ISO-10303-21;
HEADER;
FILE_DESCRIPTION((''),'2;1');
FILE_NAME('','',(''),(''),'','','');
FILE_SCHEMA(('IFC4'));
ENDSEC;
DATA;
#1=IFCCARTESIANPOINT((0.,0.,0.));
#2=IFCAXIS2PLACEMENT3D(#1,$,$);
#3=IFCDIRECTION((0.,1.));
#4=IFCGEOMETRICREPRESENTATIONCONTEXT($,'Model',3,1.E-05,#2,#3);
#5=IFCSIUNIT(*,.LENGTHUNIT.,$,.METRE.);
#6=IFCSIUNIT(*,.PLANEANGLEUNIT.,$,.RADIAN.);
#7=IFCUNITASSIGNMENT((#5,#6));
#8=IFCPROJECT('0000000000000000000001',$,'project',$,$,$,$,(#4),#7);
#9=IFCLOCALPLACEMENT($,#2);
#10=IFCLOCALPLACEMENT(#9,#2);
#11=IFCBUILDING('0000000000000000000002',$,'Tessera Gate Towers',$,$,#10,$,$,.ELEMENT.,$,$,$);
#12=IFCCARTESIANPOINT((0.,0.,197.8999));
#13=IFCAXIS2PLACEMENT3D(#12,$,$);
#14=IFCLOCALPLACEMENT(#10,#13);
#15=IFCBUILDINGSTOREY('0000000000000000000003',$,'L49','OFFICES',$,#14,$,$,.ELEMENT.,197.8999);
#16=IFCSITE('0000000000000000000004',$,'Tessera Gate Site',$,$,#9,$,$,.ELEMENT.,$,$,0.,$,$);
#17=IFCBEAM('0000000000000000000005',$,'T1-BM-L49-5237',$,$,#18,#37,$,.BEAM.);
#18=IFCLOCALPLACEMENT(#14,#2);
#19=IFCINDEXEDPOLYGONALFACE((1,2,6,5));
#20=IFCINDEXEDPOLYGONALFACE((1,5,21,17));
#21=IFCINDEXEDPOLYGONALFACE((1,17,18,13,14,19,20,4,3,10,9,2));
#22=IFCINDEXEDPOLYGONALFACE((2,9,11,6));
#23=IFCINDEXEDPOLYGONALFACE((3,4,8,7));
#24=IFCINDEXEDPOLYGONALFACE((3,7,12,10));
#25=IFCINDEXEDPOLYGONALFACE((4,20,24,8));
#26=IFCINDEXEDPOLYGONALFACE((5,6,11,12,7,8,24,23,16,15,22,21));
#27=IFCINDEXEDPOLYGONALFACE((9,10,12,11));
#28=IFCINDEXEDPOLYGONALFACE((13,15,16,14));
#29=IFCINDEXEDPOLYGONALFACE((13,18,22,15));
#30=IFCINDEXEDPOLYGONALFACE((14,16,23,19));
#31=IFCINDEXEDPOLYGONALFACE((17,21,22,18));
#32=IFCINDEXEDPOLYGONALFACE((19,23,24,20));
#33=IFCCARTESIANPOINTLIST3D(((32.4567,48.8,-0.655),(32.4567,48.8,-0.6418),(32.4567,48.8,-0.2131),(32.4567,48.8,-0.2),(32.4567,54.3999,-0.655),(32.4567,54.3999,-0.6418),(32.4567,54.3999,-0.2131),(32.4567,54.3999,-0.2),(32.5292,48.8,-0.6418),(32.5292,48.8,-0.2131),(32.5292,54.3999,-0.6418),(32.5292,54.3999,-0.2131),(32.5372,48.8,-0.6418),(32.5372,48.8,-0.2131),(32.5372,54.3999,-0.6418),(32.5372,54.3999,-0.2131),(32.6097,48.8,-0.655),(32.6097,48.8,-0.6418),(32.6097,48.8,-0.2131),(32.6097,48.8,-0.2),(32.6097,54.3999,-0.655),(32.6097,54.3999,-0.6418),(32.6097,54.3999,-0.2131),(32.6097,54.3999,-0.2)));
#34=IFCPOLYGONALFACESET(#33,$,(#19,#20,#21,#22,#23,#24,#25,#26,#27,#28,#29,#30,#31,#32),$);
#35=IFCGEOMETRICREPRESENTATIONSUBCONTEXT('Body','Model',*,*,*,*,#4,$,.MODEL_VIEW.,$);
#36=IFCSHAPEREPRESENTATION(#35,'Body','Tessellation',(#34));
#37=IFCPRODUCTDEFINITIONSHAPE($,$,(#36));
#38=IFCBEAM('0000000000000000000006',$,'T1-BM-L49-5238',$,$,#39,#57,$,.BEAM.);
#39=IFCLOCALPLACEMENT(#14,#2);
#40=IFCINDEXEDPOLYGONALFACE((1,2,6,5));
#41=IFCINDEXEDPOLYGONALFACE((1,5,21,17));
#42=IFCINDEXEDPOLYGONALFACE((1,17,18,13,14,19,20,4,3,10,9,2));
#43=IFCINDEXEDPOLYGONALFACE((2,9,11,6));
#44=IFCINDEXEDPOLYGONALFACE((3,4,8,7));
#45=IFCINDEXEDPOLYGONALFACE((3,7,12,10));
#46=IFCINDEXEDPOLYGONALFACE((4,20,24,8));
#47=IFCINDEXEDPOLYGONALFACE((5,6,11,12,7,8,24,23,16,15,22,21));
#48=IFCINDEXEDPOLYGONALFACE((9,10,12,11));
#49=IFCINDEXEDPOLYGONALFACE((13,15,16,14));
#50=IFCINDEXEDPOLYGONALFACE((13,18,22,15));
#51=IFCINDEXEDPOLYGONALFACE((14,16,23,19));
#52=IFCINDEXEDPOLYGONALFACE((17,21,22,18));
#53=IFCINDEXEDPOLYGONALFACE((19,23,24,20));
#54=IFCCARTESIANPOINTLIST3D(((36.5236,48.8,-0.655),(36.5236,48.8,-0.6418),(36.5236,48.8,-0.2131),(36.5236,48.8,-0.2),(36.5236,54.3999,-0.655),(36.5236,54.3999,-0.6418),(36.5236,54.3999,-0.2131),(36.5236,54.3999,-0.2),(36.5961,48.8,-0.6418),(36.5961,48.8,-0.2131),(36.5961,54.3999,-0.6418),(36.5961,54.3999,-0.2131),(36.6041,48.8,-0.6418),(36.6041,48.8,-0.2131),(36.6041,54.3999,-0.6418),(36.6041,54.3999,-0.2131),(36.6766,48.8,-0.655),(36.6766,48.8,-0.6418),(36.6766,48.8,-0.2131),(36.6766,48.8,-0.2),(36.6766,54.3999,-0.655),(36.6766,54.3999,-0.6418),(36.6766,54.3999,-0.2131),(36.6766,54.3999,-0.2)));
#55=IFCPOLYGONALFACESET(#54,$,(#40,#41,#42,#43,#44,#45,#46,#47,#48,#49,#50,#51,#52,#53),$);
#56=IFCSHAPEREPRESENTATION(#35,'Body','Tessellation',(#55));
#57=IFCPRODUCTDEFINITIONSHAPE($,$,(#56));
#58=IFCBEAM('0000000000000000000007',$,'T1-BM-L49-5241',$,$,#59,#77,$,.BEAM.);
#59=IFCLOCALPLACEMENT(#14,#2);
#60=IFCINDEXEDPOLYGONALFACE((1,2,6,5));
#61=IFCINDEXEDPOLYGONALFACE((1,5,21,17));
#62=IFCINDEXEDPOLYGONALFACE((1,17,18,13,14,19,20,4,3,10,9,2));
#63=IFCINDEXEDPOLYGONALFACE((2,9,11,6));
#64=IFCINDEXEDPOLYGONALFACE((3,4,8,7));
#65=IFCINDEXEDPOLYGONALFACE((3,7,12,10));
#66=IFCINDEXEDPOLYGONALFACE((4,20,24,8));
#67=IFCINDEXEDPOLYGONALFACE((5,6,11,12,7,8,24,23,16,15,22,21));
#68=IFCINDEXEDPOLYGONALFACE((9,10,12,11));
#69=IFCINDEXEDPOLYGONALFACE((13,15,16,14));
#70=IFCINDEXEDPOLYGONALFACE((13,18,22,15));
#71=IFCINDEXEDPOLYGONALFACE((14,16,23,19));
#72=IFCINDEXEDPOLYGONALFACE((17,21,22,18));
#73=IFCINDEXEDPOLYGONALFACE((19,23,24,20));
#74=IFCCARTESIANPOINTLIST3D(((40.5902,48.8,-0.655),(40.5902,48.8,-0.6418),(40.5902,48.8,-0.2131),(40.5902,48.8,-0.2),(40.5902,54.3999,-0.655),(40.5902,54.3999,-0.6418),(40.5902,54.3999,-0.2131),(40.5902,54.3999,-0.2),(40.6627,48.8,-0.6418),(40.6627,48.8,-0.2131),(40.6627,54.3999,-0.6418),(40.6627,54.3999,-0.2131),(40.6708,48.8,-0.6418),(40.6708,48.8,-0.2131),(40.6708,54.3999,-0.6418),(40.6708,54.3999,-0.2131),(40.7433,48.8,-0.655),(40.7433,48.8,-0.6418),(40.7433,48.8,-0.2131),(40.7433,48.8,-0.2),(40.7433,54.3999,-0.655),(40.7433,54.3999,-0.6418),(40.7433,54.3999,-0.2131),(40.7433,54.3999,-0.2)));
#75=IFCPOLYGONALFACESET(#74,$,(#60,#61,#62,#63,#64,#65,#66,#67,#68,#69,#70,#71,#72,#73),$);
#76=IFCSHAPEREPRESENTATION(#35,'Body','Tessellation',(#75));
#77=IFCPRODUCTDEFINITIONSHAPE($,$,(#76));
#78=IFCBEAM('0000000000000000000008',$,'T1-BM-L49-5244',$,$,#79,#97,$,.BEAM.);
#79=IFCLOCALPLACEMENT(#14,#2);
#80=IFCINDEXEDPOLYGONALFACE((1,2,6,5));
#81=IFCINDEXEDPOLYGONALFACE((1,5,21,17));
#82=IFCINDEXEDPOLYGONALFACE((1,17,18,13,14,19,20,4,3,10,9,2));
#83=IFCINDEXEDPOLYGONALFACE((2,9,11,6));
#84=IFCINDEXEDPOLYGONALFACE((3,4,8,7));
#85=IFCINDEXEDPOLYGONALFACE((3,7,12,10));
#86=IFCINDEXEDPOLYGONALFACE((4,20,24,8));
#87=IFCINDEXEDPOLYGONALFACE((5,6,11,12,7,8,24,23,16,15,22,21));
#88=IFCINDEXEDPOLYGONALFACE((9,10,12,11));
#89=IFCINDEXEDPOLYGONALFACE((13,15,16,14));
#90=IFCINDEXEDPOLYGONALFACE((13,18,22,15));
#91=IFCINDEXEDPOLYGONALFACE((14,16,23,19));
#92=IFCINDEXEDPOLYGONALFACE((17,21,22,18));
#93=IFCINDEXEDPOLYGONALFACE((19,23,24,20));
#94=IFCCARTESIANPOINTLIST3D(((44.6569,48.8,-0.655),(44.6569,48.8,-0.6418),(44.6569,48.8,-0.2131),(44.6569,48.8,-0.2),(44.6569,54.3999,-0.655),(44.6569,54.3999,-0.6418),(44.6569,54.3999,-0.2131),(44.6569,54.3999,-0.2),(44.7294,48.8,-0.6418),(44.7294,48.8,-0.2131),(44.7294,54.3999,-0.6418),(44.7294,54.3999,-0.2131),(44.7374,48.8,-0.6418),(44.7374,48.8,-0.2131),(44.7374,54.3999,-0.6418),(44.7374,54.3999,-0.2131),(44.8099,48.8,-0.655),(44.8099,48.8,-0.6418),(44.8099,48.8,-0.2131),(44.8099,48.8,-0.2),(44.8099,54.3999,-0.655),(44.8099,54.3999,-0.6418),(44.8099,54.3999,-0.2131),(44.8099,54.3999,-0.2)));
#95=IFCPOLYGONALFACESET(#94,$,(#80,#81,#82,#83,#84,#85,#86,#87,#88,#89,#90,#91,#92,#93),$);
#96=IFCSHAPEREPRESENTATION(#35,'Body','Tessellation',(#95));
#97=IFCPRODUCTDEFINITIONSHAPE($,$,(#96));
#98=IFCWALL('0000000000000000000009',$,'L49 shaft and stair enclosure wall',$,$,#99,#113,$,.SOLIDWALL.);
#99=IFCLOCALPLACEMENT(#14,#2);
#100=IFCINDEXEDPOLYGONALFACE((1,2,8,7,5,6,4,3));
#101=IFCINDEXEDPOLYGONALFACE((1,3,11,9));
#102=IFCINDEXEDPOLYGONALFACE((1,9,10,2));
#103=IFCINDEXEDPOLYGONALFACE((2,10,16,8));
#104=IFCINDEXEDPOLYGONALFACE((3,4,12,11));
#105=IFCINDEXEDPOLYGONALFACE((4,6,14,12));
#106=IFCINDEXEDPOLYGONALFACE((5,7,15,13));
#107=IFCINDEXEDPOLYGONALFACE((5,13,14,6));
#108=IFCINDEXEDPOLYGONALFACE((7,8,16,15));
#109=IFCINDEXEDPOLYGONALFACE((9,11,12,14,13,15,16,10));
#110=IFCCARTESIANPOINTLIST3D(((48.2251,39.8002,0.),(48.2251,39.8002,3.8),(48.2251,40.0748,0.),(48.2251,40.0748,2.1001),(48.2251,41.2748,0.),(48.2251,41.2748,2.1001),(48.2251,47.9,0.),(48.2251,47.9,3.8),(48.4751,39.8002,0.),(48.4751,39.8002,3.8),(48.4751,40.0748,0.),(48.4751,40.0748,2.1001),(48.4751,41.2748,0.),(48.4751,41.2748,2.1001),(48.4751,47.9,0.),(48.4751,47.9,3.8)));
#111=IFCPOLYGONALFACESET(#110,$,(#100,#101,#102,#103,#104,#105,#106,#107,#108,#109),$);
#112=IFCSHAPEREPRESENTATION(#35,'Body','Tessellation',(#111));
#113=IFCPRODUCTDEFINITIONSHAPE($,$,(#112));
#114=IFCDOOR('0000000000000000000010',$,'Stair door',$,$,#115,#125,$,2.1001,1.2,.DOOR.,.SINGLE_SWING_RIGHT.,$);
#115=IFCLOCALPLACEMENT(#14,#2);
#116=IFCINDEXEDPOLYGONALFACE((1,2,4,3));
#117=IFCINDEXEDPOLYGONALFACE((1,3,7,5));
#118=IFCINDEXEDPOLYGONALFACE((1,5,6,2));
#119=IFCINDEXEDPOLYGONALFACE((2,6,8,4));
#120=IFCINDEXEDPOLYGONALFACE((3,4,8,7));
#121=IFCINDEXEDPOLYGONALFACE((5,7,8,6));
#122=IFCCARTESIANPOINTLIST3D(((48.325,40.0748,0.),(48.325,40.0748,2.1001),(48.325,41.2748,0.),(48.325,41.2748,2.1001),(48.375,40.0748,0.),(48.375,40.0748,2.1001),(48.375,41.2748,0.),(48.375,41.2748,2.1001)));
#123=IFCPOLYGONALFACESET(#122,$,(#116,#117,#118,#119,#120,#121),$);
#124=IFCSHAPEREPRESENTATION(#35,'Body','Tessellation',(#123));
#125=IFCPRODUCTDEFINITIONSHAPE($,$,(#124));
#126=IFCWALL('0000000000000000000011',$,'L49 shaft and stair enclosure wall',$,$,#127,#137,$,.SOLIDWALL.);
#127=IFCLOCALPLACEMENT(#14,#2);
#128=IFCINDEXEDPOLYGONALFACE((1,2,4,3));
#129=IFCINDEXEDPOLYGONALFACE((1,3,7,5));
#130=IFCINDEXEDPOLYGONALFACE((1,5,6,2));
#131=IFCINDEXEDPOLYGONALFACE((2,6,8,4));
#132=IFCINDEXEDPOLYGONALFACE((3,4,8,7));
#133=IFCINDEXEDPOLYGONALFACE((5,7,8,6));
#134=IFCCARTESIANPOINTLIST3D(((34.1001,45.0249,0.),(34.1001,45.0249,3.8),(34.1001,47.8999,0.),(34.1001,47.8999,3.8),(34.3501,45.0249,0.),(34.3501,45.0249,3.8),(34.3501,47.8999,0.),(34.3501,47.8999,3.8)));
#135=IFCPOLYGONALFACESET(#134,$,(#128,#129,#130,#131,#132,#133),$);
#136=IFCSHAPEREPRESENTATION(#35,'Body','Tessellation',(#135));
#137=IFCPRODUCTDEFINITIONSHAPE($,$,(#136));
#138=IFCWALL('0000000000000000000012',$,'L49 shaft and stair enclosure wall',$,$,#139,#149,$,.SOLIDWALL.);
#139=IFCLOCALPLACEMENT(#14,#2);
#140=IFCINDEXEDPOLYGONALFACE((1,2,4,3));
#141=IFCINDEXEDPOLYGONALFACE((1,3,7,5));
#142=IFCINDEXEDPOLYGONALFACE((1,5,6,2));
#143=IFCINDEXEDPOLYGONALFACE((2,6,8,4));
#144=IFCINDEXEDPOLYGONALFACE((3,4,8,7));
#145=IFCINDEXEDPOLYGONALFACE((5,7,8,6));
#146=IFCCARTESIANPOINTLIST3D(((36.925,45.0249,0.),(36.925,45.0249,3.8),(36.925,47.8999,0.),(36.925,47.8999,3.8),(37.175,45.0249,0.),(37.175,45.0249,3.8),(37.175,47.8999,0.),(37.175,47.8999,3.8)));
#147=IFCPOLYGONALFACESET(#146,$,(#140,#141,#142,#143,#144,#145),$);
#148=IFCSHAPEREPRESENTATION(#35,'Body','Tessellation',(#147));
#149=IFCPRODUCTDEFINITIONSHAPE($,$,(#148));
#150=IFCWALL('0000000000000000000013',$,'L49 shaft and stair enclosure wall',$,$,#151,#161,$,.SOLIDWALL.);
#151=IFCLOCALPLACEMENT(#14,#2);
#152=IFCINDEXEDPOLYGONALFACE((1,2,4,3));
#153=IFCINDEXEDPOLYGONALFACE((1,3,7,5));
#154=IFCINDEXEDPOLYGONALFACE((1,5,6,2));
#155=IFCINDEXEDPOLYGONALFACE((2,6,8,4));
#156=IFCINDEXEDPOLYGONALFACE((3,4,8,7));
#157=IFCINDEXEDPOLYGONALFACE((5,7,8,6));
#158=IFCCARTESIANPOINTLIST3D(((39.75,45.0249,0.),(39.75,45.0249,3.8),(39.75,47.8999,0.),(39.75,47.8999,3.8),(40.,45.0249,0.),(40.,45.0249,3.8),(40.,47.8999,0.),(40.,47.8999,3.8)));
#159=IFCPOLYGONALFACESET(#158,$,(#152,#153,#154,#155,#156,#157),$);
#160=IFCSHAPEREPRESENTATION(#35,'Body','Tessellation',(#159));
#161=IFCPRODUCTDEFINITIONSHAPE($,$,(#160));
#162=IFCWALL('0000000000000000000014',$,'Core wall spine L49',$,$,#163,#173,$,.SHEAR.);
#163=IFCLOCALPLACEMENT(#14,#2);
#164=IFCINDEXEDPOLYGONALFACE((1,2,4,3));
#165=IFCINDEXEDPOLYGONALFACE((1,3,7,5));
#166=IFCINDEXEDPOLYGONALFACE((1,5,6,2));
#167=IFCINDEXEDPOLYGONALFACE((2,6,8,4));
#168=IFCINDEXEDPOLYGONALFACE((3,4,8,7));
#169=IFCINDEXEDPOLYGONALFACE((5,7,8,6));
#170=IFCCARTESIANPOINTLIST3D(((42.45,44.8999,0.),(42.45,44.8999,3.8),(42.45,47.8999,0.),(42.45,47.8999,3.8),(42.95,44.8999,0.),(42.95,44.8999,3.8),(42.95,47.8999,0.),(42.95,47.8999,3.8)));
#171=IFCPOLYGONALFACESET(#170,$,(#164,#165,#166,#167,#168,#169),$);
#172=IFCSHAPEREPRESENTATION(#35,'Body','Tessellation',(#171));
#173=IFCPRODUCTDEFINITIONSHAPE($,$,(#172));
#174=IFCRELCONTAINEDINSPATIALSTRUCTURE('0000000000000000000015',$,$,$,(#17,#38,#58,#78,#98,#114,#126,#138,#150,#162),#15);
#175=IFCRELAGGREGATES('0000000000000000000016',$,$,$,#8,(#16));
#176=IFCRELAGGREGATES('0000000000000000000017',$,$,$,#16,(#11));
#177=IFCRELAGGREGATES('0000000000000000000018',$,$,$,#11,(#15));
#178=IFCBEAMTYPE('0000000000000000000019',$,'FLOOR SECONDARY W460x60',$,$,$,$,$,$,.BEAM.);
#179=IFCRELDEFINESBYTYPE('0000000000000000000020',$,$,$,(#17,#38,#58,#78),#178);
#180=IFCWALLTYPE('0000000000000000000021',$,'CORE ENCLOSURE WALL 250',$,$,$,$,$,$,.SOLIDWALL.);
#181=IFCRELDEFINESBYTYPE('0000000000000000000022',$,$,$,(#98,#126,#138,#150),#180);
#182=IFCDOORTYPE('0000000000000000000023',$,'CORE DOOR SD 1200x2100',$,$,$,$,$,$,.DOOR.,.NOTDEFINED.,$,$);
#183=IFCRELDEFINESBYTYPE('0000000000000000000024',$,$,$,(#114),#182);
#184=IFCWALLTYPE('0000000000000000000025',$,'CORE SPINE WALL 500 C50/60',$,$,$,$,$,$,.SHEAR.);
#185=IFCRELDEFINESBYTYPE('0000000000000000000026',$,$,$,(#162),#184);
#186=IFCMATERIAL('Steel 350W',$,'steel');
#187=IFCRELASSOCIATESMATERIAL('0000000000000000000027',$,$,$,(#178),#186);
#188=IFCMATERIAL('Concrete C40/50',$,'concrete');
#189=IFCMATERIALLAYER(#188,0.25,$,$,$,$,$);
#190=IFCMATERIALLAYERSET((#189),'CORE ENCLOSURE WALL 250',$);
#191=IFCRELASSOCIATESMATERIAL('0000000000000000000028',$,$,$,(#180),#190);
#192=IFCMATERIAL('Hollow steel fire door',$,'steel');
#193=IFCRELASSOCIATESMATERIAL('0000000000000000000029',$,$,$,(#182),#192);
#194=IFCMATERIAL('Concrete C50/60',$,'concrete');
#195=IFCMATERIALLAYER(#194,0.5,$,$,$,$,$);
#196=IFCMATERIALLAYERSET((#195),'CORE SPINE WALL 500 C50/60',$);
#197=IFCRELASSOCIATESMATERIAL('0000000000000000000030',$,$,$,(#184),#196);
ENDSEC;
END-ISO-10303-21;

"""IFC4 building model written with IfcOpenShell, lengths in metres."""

from ifc_helpers import new_model, si_unit, direction, frame, frame_2d, origin, origin_2d, place, context, subcontext, project, spatial, rectangle, i_section, extrude, source, transform, mapped, material, layer, layer_set, material_profile, profile_set, type_object, element, fill, save


model = new_model("IFC4")

# Units and contexts
model_context = context("Model", 3, precision=1e-05, world=origin(), true_north=direction((0.0, 1.0)))
body_context = subcontext(model_context, "Body", "Model", "MODEL_VIEW")
ifc_project = project(units=[si_unit("LENGTHUNIT", "METRE"), si_unit("PLANEANGLEUNIT", "RADIAN")], contexts=[model_context])

# Site, building, storey
site_placement = place(None, origin())
site = spatial("IfcSite", under=ifc_project, at=site_placement, Name="Tessera Gate Site", CompositionType="ELEMENT", RefElevation=0.0)
building_placement = place(site_placement, origin())
building = spatial("IfcBuilding", under=site, at=building_placement, Name="Tessera Gate Towers", CompositionType="ELEMENT")
storey_placement = place(building_placement, frame((0.0, 0.0, 197.8999)))
storey = spatial("IfcBuildingStorey", under=building, at=storey_placement, Name="L49", Description="OFFICES", CompositionType="ELEMENT", Elevation=197.8999)

# Beams
ifc_material_1 = material(Name="Steel 350W", Category="steel")
ifc_material_profile = material_profile(ifc_material_1, i_section(OverallWidth=0.1531, OverallDepth=0.4551, WebThickness=0.0081, FlangeThickness=0.0132, at=origin_2d()), Name="W460x60")
ifc_profile_set = profile_set([ifc_material_profile], Name="Steel 350W")
beam_type = type_object("IfcBeamType", Name="FLOOR SECONDARY W460x60", PredefinedType="BEAM", material=ifc_profile_set)
for number, where, z_axis, x_axis, name in (
    (1, (32.5332, 48.8, -0.4275), (0.0, 1.0, 0.0), (-1.0, 0.0, 0.0), "T1-BM-L49-5237"),
    (2, (36.6001, 48.8, -0.4275), (0.0, 1.0, 0.0), (-1.0, 0.0, 0.0), "T1-BM-L49-5238"),
    (3, (40.6667, 48.8, -0.4275), (0.0, 1.0, 0.0), (-1.0, 0.0, 0.0), "T1-BM-L49-5241"),
    (4, (44.7334, 48.8, -0.4275), (0.0, 1.0, 0.0), (-1.0, 0.0, 0.0), "T1-BM-L49-5244"),
):
    element("IfcBeam", number, at=place(storey_placement, frame(where, z_axis=z_axis, x_axis=x_axis)), inside=storey, type_object=beam_type, Name=name, PredefinedType="BEAM", context=body_context, shape_type="SweptSolid", body=[
        extrude(i_section(OverallWidth=0.1531, OverallDepth=0.4551, WebThickness=0.0081, FlangeThickness=0.0132, at=origin_2d()), origin(), (0.0, 0.0, 1.0), 5.5999),
    ])

# Wall, opening, door
ifc_material_2 = material(Name="Concrete C40/50", Category="concrete")
ifc_layer_1 = layer(ifc_material_2, 0.25)
ifc_layer_set_1 = layer_set([ifc_layer_1], Name="CORE ENCLOSURE WALL 250")
wall_type_1 = type_object("IfcWallType", Name="CORE ENCLOSURE WALL 250", PredefinedType="SOLIDWALL", material=ifc_layer_set_1)
wall_1_placement = place(storey_placement, frame((48.3501, 47.8999, 0.0), z_axis=(0.0, 0.0, 1.0), x_axis=(0.0, -1.0, 0.0)))
wall_1 = element("IfcWall", 5, at=wall_1_placement, inside=storey, type_object=wall_type_1, Name="L49 shaft and stair enclosure wall", PredefinedType="SOLIDWALL", context=body_context, shape_type="SweptSolid", body=[
    extrude(rectangle(XDim=8.0999, YDim=0.25, at=frame_2d((4.0498, 0.0))), origin(), (0.0, 0.0, 1.0), 3.8),
])
shared_shape_1 = source(origin(), body_context, "Body", "SweptSolid", [
    extrude(rectangle(XDim=1.2, YDim=2.1001, at=frame_2d((0.6001, 1.05))), frame((0.0, 0.135, 0.0), z_axis=(0.0, -1.0, 0.0), x_axis=(1.0, 0.0, 0.0)), (0.0, 0.0, 1.0), 0.27),
])
opening_1_placement = place(wall_1_placement, frame((6.625, 0.0, 0.0)))
opening_1 = element("IfcOpeningElement", 6, at=opening_1_placement, cuts=wall_1, PredefinedType="OPENING", context=body_context, shape_type="MappedRepresentation", body=[
    mapped(shared_shape_1, transform((0.0, 0.0, 0.0), scale=1.0)),
])
ifc_material_3 = material(Name="Hollow steel fire door", Category="steel")
door_type_1 = type_object("IfcDoorType", Name="CORE DOOR SD 1200x2100", OperationType="NOTDEFINED", PredefinedType="DOOR", material=ifc_material_3)
shared_shape_2 = source(origin(), body_context, "Body", "SweptSolid", [
    extrude(rectangle(XDim=1.2, YDim=2.1001, at=frame_2d((0.6001, 1.05))), frame((0.0, 0.0249, 0.0), z_axis=(0.0, -1.0, 0.0), x_axis=(1.0, 0.0, 0.0)), (0.0, 0.0, 1.0), 0.05),
])
door_1_placement = place(opening_1_placement, origin())
door_1 = element("IfcDoor", 7, at=door_1_placement, inside=storey, type_object=door_type_1, Name="Stair door", OperationType="SINGLE_SWING_RIGHT", OverallHeight=2.1001, OverallWidth=1.2, PredefinedType="DOOR", context=body_context, shape_type="MappedRepresentation", body=[
    mapped(shared_shape_2, transform((0.0, 0.0, 0.0), scale=1.0)),
])
fill(opening_1, door_1)

# Walls
for number, where, z_axis, x_axis, name in (
    (8, (34.2251, 45.0249, 0.0), (0.0, 0.0, 1.0), (0.0, 1.0, 0.0), "L49 shaft and stair enclosure wall"),
    (9, (37.05, 45.0249, 0.0), (0.0, 0.0, 1.0), (0.0, 1.0, 0.0), "L49 shaft and stair enclosure wall"),
    (10, (39.875, 45.0249, 0.0), (0.0, 0.0, 1.0), (0.0, 1.0, 0.0), "L49 shaft and stair enclosure wall"),
):
    element("IfcWall", number, at=place(storey_placement, frame(where, z_axis=z_axis, x_axis=x_axis)), inside=storey, type_object=wall_type_1, Name=name, PredefinedType="SOLIDWALL", context=body_context, shape_type="SweptSolid", body=[
        extrude(rectangle(XDim=2.875, YDim=0.25, at=frame_2d((1.4375, 0.0))), origin(), (0.0, 0.0, 1.0), 3.8),
    ])
ifc_material_4 = material(Name="Concrete C50/60", Category="concrete")
ifc_layer_2 = layer(ifc_material_4, 0.5)
ifc_layer_set_2 = layer_set([ifc_layer_2], Name="CORE SPINE WALL 500 C50/60")
wall_type_2 = type_object("IfcWallType", Name="CORE SPINE WALL 500 C50/60", PredefinedType="SHEAR", material=ifc_layer_set_2)
wall_2_placement = place(storey_placement, frame((42.7, 44.8999, 0.0), z_axis=(0.0, 0.0, 1.0), x_axis=(0.0, 1.0, 0.0)))
element("IfcWall", 11, at=wall_2_placement, inside=storey, type_object=wall_type_2, Name="Core wall spine L49", PredefinedType="SHEAR", context=body_context, shape_type="SweptSolid", body=[
    extrude(rectangle(XDim=3.0, YDim=0.5, at=frame_2d((1.5, 0.0))), origin(), (0.0, 0.0, 1.0), 3.8),
])

save(model, "model.ifc")
